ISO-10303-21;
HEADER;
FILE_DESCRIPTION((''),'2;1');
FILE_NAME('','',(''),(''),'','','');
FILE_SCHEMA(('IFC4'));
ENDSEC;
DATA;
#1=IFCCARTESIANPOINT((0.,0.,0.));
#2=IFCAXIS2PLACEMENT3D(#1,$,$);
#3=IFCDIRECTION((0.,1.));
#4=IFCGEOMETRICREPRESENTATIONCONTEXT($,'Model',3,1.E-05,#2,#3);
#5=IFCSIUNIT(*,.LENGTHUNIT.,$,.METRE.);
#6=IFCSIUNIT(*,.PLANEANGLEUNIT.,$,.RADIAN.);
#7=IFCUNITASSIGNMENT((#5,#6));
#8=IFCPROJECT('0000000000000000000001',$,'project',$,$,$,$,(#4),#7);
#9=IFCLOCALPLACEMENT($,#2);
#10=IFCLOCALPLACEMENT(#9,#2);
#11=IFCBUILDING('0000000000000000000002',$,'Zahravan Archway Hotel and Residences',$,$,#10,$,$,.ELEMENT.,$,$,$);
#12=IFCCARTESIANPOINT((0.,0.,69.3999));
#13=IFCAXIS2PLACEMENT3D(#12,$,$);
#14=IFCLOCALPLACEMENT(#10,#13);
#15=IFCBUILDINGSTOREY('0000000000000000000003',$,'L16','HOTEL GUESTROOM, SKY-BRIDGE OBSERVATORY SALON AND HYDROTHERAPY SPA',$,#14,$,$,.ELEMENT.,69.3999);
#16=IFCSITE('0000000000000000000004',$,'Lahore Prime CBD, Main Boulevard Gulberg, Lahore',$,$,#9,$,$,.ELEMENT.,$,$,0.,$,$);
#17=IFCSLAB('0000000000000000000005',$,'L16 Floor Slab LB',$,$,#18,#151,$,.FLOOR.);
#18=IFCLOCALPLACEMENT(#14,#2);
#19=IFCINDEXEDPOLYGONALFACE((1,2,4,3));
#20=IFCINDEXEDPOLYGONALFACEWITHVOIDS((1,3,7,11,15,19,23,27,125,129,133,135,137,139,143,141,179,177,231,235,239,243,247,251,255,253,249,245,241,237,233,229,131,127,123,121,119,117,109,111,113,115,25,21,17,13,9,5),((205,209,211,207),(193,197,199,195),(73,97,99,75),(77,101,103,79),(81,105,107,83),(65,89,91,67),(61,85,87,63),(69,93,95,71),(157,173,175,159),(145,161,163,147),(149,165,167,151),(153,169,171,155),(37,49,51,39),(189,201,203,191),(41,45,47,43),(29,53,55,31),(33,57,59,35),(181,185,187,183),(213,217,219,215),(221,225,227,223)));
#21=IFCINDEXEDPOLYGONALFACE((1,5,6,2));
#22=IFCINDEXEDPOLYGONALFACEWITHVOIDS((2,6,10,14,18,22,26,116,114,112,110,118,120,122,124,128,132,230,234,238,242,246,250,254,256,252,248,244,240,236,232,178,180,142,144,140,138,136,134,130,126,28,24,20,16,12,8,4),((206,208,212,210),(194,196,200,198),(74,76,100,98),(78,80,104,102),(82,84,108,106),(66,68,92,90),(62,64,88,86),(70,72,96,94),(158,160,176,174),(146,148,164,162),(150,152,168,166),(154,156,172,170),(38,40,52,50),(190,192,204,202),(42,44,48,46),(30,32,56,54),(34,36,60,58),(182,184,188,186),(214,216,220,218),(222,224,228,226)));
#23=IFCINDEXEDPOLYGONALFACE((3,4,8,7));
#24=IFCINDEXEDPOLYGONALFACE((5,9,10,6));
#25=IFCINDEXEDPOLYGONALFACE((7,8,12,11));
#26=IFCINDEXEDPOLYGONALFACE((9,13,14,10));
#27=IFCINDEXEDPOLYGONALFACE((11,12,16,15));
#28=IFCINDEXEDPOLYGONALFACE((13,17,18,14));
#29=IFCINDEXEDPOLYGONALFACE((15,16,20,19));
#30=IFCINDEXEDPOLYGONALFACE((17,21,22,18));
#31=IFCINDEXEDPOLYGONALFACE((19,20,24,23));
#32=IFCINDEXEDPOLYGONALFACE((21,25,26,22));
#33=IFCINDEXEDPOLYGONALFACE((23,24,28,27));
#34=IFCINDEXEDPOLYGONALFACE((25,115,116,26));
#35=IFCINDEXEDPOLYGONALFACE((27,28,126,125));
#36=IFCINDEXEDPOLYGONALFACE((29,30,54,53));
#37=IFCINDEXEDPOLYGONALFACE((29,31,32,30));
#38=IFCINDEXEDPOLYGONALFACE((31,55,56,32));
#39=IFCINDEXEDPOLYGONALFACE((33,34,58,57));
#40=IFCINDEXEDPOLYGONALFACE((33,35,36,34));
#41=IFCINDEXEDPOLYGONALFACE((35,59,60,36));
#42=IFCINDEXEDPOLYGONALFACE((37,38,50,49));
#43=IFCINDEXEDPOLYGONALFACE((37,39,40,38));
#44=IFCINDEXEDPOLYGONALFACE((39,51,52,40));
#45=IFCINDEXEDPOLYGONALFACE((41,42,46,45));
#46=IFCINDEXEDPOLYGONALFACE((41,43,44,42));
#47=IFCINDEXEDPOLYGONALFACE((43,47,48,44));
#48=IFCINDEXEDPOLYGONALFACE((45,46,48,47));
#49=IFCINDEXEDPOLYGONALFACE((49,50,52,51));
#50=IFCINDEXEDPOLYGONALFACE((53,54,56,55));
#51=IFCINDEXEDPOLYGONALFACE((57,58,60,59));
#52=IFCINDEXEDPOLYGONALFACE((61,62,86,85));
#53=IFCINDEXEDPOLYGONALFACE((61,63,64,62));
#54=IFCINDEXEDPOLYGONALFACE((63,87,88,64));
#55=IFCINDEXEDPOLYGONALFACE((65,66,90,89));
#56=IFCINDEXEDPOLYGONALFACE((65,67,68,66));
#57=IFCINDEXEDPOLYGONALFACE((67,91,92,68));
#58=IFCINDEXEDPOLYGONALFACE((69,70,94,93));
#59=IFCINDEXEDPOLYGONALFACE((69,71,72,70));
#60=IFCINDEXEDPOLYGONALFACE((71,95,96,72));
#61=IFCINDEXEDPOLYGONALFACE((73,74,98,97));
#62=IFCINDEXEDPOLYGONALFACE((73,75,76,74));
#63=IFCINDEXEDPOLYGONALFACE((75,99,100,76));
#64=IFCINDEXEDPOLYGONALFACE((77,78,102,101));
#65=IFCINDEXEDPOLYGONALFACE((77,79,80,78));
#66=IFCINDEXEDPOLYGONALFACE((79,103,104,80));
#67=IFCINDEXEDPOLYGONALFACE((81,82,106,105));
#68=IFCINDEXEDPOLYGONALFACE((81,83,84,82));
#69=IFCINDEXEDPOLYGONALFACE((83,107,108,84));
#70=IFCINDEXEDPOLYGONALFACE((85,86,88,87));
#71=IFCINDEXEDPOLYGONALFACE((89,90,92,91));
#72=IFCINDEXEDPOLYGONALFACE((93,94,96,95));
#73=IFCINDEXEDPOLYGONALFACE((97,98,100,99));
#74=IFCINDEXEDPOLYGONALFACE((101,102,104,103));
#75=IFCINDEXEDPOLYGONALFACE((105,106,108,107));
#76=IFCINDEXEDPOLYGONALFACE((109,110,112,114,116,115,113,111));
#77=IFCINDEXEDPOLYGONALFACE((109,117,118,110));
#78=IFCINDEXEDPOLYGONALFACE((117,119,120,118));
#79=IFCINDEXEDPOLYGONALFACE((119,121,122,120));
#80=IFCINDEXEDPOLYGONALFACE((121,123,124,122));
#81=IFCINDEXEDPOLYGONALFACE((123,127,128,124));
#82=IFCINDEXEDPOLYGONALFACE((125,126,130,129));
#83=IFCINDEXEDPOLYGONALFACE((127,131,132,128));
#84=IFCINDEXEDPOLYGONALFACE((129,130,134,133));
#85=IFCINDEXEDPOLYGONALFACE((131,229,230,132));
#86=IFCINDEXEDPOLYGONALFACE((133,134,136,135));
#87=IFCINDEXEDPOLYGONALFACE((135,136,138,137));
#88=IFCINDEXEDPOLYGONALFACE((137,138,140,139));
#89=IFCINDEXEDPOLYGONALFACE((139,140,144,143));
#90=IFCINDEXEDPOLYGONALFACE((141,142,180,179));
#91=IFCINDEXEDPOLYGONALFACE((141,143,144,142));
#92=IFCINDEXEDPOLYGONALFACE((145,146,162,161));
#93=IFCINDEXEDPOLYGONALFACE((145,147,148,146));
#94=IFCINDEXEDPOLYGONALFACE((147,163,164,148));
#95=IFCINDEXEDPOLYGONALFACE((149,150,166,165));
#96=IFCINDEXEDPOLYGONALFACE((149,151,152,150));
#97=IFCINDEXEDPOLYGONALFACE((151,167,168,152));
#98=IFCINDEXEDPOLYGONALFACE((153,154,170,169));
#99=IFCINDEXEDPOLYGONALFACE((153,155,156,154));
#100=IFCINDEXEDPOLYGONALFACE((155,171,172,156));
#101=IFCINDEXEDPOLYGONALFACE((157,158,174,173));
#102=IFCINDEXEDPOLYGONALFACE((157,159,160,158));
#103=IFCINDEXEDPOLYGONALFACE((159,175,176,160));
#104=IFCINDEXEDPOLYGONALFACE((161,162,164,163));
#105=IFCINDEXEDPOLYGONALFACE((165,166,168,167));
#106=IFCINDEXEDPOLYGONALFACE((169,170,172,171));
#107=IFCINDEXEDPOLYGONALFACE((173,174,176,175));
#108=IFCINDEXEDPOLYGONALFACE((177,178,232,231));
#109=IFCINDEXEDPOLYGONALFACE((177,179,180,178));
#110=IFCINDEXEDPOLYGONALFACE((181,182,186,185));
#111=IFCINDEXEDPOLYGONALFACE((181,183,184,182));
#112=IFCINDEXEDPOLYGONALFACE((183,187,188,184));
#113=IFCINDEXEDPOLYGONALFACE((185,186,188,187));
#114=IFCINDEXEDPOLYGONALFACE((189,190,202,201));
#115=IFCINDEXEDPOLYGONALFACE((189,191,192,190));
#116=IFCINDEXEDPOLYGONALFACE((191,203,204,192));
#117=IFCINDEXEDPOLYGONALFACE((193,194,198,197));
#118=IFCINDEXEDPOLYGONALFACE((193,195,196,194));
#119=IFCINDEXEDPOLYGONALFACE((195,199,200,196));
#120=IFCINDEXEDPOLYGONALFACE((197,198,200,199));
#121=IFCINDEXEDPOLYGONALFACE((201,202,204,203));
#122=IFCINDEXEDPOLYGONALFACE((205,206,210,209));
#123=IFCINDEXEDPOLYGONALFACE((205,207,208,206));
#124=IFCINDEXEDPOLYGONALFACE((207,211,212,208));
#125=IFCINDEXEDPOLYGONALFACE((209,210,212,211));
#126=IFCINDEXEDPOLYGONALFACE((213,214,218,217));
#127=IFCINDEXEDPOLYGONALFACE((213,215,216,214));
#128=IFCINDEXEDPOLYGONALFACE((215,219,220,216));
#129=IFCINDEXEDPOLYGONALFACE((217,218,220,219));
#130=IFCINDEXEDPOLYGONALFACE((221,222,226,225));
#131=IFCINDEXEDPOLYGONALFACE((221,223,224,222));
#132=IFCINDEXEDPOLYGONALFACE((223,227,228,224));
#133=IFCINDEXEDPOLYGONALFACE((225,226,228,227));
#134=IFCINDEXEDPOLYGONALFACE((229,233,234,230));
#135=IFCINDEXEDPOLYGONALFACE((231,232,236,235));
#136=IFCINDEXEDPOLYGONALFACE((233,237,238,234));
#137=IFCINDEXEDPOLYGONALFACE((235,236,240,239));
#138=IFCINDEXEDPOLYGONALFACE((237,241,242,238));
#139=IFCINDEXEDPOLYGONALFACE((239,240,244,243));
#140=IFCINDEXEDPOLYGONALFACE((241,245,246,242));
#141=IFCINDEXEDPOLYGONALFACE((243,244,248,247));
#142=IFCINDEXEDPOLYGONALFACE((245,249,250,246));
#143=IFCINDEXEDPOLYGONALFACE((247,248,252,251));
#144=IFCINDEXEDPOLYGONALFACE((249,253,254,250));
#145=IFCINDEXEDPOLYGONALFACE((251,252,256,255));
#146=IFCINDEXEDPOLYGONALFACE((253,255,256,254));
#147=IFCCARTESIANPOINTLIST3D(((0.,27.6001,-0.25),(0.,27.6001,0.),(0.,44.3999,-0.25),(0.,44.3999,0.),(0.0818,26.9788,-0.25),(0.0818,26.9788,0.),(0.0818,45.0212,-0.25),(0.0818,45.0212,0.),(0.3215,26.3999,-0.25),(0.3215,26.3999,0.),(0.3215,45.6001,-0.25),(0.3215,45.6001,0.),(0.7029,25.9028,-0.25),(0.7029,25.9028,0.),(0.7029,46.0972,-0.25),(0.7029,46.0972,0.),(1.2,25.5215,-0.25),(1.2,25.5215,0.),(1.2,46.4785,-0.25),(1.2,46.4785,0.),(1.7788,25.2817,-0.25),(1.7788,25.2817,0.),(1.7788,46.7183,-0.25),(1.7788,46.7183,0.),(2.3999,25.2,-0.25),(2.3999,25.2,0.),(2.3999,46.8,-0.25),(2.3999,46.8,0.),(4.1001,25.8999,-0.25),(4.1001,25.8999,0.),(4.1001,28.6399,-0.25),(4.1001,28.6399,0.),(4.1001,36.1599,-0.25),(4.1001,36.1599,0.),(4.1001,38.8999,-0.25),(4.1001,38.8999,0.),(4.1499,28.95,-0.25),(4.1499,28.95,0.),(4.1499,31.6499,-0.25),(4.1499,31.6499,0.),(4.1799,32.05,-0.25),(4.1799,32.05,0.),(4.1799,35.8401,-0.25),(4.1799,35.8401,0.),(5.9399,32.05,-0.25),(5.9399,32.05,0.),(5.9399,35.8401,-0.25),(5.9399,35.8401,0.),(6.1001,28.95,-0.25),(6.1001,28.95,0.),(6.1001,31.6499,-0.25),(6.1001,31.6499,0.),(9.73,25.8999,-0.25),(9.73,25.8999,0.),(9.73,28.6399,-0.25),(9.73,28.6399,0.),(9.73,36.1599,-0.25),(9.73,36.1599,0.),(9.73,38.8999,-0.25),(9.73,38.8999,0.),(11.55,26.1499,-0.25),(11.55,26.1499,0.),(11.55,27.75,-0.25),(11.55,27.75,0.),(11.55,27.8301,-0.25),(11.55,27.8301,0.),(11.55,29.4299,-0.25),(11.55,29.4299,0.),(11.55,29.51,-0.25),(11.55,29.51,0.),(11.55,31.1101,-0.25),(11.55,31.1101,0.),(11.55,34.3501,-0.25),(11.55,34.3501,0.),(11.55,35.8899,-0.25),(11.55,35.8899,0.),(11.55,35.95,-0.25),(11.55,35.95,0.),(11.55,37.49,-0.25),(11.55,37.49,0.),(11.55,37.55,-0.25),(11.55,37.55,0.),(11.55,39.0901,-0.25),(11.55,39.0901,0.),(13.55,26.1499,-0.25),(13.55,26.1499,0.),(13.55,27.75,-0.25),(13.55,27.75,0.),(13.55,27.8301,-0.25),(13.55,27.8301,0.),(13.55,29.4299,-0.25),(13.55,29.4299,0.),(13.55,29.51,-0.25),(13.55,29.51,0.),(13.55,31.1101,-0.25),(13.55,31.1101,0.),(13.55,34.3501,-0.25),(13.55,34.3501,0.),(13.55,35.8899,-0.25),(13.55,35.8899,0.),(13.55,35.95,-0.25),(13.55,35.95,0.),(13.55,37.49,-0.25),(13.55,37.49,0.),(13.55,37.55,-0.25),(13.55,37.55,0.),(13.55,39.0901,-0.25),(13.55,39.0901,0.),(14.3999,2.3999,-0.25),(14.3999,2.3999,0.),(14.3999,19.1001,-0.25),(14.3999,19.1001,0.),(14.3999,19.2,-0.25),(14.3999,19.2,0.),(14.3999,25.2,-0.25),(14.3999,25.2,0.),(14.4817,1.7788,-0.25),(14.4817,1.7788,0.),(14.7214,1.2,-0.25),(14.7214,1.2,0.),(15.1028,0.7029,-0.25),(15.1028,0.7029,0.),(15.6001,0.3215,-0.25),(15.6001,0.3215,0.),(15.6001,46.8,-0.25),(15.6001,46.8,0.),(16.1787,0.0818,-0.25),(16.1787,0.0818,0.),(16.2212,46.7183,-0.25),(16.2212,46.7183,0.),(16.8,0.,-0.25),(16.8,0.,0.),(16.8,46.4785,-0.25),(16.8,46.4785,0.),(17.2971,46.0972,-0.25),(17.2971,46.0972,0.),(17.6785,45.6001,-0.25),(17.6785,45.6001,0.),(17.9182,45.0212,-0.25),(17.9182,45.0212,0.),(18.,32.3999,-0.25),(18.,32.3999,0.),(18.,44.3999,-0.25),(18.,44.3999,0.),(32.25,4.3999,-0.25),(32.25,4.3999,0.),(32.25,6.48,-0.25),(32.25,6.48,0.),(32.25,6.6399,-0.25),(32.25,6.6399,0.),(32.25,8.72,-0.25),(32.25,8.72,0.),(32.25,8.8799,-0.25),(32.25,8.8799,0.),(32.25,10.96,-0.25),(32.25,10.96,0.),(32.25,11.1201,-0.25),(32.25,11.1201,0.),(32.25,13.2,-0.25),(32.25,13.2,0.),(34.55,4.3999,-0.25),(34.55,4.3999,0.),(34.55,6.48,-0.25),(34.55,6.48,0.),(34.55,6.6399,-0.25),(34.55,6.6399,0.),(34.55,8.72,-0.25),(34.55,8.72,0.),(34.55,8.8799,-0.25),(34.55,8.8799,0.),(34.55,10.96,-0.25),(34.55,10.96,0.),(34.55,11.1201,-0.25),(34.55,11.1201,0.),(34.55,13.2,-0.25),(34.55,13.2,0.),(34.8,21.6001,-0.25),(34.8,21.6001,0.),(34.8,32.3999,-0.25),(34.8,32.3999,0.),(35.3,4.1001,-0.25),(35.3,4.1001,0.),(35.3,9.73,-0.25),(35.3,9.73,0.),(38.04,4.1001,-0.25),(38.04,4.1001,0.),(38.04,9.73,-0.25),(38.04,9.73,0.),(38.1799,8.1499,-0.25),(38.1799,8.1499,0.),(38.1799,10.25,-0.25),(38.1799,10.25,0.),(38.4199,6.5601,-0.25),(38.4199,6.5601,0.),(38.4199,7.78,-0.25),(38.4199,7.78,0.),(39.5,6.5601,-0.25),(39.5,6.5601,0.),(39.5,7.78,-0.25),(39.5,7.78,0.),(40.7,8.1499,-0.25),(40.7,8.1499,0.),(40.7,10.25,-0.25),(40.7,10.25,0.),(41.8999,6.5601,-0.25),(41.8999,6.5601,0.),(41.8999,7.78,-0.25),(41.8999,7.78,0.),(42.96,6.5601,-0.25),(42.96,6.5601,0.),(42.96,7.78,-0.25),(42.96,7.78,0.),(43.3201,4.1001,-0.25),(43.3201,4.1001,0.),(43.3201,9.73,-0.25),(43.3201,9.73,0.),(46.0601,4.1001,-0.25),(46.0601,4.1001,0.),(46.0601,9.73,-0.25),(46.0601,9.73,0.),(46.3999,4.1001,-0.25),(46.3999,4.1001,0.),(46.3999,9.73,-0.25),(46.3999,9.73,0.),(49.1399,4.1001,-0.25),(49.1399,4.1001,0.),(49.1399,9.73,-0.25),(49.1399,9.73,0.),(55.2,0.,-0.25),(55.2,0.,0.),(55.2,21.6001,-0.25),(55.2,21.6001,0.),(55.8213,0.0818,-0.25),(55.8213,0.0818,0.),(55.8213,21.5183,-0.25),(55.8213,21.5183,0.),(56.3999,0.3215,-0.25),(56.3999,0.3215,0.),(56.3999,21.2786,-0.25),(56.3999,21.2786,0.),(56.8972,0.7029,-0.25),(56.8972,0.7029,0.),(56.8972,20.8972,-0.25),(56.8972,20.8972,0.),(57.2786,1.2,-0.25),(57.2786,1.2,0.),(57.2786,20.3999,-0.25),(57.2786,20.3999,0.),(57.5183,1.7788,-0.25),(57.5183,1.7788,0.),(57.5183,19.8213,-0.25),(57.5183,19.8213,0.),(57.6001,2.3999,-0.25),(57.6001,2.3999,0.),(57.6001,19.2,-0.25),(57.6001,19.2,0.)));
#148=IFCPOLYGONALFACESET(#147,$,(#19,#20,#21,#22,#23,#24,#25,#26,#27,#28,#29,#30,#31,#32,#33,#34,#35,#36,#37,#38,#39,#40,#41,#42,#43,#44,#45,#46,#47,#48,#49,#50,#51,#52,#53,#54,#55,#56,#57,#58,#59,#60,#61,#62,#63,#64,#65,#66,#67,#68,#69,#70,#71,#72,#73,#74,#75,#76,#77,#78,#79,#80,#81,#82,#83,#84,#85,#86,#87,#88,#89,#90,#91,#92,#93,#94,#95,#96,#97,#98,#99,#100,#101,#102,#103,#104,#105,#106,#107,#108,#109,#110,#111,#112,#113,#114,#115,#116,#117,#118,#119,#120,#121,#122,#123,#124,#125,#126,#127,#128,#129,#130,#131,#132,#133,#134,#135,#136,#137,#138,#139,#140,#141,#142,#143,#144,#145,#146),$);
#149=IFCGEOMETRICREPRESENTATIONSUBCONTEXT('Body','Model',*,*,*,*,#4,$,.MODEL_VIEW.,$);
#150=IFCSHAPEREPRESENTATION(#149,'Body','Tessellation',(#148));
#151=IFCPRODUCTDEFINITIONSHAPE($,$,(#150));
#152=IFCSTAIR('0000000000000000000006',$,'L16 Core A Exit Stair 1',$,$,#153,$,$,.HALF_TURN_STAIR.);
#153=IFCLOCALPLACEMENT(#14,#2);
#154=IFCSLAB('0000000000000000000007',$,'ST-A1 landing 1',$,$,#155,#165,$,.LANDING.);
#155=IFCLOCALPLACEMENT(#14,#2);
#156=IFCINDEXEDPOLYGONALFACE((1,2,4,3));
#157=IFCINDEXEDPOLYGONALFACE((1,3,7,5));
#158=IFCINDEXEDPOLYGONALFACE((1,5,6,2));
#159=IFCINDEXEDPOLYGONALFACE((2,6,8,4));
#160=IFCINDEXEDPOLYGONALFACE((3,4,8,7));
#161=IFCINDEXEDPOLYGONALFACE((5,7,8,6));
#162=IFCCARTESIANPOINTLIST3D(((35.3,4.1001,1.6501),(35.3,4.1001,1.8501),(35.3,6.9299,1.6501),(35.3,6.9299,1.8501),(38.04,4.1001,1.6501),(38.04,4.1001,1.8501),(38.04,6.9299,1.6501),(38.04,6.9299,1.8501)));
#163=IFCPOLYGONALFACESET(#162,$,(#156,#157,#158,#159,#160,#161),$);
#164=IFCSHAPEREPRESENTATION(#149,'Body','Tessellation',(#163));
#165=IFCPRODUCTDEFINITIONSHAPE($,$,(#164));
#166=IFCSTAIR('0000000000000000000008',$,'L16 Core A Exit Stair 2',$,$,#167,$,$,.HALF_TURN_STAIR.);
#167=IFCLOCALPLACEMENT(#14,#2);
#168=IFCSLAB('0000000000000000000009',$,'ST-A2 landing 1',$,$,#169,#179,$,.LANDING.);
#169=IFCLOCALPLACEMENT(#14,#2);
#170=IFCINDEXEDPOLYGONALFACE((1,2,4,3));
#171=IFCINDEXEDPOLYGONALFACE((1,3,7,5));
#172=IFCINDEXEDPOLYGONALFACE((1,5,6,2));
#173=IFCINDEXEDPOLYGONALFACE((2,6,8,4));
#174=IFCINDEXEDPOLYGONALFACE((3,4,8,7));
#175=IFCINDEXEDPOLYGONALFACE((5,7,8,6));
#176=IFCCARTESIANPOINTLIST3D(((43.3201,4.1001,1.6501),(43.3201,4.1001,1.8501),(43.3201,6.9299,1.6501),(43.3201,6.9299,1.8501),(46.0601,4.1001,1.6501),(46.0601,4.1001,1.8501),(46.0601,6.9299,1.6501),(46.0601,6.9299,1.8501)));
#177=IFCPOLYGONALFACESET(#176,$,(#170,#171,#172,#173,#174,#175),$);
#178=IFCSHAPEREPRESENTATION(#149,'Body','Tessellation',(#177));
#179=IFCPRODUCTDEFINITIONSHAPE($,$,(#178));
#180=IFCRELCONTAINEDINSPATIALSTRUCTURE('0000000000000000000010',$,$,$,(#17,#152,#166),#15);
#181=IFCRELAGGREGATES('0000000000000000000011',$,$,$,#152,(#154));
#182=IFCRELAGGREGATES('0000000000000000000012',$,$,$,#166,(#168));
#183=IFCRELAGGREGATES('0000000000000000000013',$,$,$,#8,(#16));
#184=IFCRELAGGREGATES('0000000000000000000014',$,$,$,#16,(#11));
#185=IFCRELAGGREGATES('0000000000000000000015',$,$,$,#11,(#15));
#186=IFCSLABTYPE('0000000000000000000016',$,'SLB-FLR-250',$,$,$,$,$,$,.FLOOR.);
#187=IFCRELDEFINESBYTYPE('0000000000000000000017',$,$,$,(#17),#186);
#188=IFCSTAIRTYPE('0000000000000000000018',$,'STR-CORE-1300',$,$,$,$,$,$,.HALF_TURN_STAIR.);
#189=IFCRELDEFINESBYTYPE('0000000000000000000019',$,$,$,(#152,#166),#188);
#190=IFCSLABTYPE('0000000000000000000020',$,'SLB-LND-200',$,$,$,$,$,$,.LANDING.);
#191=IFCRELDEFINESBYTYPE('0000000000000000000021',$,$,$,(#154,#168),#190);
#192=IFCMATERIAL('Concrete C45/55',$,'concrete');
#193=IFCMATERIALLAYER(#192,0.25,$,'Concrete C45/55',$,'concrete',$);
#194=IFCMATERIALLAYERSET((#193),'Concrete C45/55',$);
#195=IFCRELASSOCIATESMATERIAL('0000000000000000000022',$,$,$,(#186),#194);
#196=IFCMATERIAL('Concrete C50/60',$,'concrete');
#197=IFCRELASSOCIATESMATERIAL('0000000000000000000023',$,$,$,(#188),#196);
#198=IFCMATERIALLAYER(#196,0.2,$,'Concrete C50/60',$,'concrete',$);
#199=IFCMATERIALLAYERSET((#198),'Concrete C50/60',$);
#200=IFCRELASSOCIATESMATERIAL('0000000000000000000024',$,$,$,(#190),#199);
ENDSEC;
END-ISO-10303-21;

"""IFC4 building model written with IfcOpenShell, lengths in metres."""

from ifc_helpers import new_model, si_unit, direction, frame, origin, place, context, subcontext, project, spatial, polyline, outline, extrude, material, layer, layer_set, type_object, element, aggregate, save


model = new_model("IFC4")

# Units and contexts
model_context = context("Model", 3, precision=1e-05, world=origin(), true_north=direction((0.0, 1.0)))
body_context = subcontext(model_context, "Body", "Model", "MODEL_VIEW")
ifc_project = project(units=[si_unit("LENGTHUNIT", "METRE"), si_unit("PLANEANGLEUNIT", "RADIAN")], contexts=[model_context])

# Site, building, storey
site_placement = place(None, origin())
site = spatial("IfcSite", under=ifc_project, at=site_placement, Name="Lahore Prime CBD, Main Boulevard Gulberg, Lahore", CompositionType="ELEMENT", RefElevation=0.0)
building_placement = place(site_placement, origin())
building = spatial("IfcBuilding", under=site, at=building_placement, Name="Zahravan Archway Hotel and Residences", CompositionType="ELEMENT")
storey_placement = place(building_placement, frame((0.0, 0.0, 69.3999)))
storey = spatial("IfcBuildingStorey", under=building, at=storey_placement, Name="L16", Description="HOTEL GUESTROOM, SKY-BRIDGE OBSERVATORY SALON AND HYDROTHERAPY SPA", CompositionType="ELEMENT", Elevation=69.3999)

# Slab
ifc_material_1 = material(Name="Concrete C45/55", Category="concrete")
ifc_layer_1 = layer(ifc_material_1, 0.25, Name="Concrete C45/55", Category="concrete")
ifc_layer_set_1 = layer_set([ifc_layer_1], Name="Concrete C45/55")
slab_type_1 = type_object("IfcSlabType", Name="SLB-FLR-250", PredefinedType="FLOOR", material=ifc_layer_set_1)
slab_1_placement = place(storey_placement, frame((0.0, 0.0, -0.25)))
element("IfcSlab", 1, at=slab_1_placement, inside=storey, type_object=slab_type_1, Name="L16 Floor Slab LB", PredefinedType="FLOOR", context=body_context, shape_type="SweptSolid", body=[
    extrude(outline(polyline([(34.8, 21.6001), (34.8, 32.3999), (18.0, 32.3999), (18.0, 44.3999), (17.9182, 45.0212), (17.6785, 45.6001), (17.2971, 46.0972), (16.8, 46.4785), (16.2212, 46.7183), (15.6001, 46.8), (2.3999, 46.8), (1.7788, 46.7183), (1.2, 46.4785), (0.7029, 46.0972), (0.3215, 45.6001), (0.0818, 45.0212), (0.0, 44.3999), (0.0, 27.6001), (0.0818, 26.9788), (0.3215, 26.3999), (0.7029, 25.9028), (1.2, 25.5215), (1.7788, 25.2817), (2.3999, 25.2), (14.3999, 25.2), (14.3999, 19.2), (14.3999, 19.1001), (14.3999, 2.3999), (14.4817, 1.7788), (14.7214, 1.2), (15.1028, 0.7029), (15.6001, 0.3215), (16.1787, 0.0818), (16.8, 0.0), (55.2, 0.0), (55.8213, 0.0818), (56.3999, 0.3215), (56.8972, 0.7029), (57.2786, 1.2), (57.5183, 1.7788), (57.6001, 2.3999), (57.6001, 19.2), (57.5183, 19.8213), (57.2786, 20.3999), (56.8972, 20.8972), (56.3999, 21.2786), (55.8213, 21.5183), (55.2, 21.6001), (34.8, 21.6001)]), holes=[polyline([(35.3, 9.73), (35.3, 4.1001), (38.04, 4.1001), (38.04, 9.73), (35.3, 9.73)]), polyline([(43.3201, 9.73), (43.3201, 4.1001), (46.0601, 4.1001), (46.0601, 9.73), (43.3201, 9.73)]), polyline([(46.3999, 9.73), (46.3999, 4.1001), (49.1399, 4.1001), (49.1399, 9.73), (46.3999, 9.73)]), polyline([(9.73, 28.6399), (4.1001, 28.6399), (4.1001, 25.8999), (9.73, 25.8999), (9.73, 28.6399)]), polyline([(9.73, 38.8999), (4.1001, 38.8999), (4.1001, 36.1599), (9.73, 36.1599), (9.73, 38.8999)]), polyline([(38.1799, 8.1499), (40.7, 8.1499), (40.7, 10.25), (38.1799, 10.25), (38.1799, 8.1499)]), polyline([(4.1499, 28.95), (6.1001, 28.95), (6.1001, 31.6499), (4.1499, 31.6499), (4.1499, 28.95)]), polyline([(11.55, 26.1499), (13.55, 26.1499), (13.55, 27.75), (11.55, 27.75), (11.55, 26.1499)]), polyline([(11.55, 27.8301), (13.55, 27.8301), (13.55, 29.4299), (11.55, 29.4299), (11.55, 27.8301)]), polyline([(11.55, 29.51), (13.55, 29.51), (13.55, 31.1101), (11.55, 31.1101), (11.55, 29.51)]), polyline([(11.55, 34.3501), (13.55, 34.3501), (13.55, 35.8899), (11.55, 35.8899), (11.55, 34.3501)]), polyline([(11.55, 35.95), (13.55, 35.95), (13.55, 37.49), (11.55, 37.49), (11.55, 35.95)]), polyline([(11.55, 37.55), (13.55, 37.55), (13.55, 39.0901), (11.55, 39.0901), (11.55, 37.55)]), polyline([(32.25, 4.3999), (34.55, 4.3999), (34.55, 6.48), (32.25, 6.48), (32.25, 4.3999)]), polyline([(32.25, 6.6399), (34.55, 6.6399), (34.55, 8.72), (32.25, 8.72), (32.25, 6.6399)]), polyline([(32.25, 8.8799), (34.55, 8.8799), (34.55, 10.96), (32.25, 10.96), (32.25, 8.8799)]), polyline([(32.25, 11.1201), (34.55, 11.1201), (34.55, 13.2), (32.25, 13.2), (32.25, 11.1201)]), polyline([(38.4199, 6.5601), (39.5, 6.5601), (39.5, 7.78), (38.4199, 7.78), (38.4199, 6.5601)]), polyline([(41.8999, 6.5601), (42.96, 6.5601), (42.96, 7.78), (41.8999, 7.78), (41.8999, 6.5601)]), polyline([(4.1799, 32.05), (5.9399, 32.05), (5.9399, 35.8401), (4.1799, 35.8401), (4.1799, 32.05)])]), origin(), (0.0, 0.0, 1.0), 0.25),
])

# Stairs, slabs
ifc_material_2 = material(Name="Concrete C50/60", Category="concrete")
stair_type = type_object("IfcStairType", Name="STR-CORE-1300", PredefinedType="HALF_TURN_STAIR", material=ifc_material_2)
stair_1_placement = place(storey_placement, origin())
stair_1 = element("IfcStair", 2, at=stair_1_placement, inside=storey, type_object=stair_type, Name="L16 Core A Exit Stair 1", PredefinedType="HALF_TURN_STAIR")
ifc_layer_2 = layer(ifc_material_2, 0.2, Name="Concrete C50/60", Category="concrete")
ifc_layer_set_2 = layer_set([ifc_layer_2], Name="Concrete C50/60")
slab_type_2 = type_object("IfcSlabType", Name="SLB-LND-200", PredefinedType="LANDING", material=ifc_layer_set_2)
slab_2_placement = place(storey_placement, frame((0.0, 0.0, 1.6501)))
slab_2 = element("IfcSlab", 3, at=slab_2_placement, type_object=slab_type_2, Name="ST-A1 landing 1", PredefinedType="LANDING", context=body_context, shape_type="SweptSolid", body=[
    extrude(outline(polyline([(35.3, 6.9299), (35.3, 4.1001), (38.04, 4.1001), (38.04, 6.9299), (35.3, 6.9299)])), origin(), (0.0, 0.0, 1.0), 0.2),
])
aggregate(stair_1, [slab_2])
stair_2_placement = place(storey_placement, origin())
stair_2 = element("IfcStair", 4, at=stair_2_placement, inside=storey, type_object=stair_type, Name="L16 Core A Exit Stair 2", PredefinedType="HALF_TURN_STAIR")
slab_3_placement = place(storey_placement, frame((0.0, 0.0, 1.6501)))
slab_3 = element("IfcSlab", 5, at=slab_3_placement, type_object=slab_type_2, Name="ST-A2 landing 1", PredefinedType="LANDING", context=body_context, shape_type="SweptSolid", body=[
    extrude(outline(polyline([(43.3201, 6.9299), (43.3201, 4.1001), (46.0601, 4.1001), (46.0601, 6.9299), (43.3201, 6.9299)])), origin(), (0.0, 0.0, 1.0), 0.2),
])
aggregate(stair_2, [slab_3])

save(model, "model.ifc")
